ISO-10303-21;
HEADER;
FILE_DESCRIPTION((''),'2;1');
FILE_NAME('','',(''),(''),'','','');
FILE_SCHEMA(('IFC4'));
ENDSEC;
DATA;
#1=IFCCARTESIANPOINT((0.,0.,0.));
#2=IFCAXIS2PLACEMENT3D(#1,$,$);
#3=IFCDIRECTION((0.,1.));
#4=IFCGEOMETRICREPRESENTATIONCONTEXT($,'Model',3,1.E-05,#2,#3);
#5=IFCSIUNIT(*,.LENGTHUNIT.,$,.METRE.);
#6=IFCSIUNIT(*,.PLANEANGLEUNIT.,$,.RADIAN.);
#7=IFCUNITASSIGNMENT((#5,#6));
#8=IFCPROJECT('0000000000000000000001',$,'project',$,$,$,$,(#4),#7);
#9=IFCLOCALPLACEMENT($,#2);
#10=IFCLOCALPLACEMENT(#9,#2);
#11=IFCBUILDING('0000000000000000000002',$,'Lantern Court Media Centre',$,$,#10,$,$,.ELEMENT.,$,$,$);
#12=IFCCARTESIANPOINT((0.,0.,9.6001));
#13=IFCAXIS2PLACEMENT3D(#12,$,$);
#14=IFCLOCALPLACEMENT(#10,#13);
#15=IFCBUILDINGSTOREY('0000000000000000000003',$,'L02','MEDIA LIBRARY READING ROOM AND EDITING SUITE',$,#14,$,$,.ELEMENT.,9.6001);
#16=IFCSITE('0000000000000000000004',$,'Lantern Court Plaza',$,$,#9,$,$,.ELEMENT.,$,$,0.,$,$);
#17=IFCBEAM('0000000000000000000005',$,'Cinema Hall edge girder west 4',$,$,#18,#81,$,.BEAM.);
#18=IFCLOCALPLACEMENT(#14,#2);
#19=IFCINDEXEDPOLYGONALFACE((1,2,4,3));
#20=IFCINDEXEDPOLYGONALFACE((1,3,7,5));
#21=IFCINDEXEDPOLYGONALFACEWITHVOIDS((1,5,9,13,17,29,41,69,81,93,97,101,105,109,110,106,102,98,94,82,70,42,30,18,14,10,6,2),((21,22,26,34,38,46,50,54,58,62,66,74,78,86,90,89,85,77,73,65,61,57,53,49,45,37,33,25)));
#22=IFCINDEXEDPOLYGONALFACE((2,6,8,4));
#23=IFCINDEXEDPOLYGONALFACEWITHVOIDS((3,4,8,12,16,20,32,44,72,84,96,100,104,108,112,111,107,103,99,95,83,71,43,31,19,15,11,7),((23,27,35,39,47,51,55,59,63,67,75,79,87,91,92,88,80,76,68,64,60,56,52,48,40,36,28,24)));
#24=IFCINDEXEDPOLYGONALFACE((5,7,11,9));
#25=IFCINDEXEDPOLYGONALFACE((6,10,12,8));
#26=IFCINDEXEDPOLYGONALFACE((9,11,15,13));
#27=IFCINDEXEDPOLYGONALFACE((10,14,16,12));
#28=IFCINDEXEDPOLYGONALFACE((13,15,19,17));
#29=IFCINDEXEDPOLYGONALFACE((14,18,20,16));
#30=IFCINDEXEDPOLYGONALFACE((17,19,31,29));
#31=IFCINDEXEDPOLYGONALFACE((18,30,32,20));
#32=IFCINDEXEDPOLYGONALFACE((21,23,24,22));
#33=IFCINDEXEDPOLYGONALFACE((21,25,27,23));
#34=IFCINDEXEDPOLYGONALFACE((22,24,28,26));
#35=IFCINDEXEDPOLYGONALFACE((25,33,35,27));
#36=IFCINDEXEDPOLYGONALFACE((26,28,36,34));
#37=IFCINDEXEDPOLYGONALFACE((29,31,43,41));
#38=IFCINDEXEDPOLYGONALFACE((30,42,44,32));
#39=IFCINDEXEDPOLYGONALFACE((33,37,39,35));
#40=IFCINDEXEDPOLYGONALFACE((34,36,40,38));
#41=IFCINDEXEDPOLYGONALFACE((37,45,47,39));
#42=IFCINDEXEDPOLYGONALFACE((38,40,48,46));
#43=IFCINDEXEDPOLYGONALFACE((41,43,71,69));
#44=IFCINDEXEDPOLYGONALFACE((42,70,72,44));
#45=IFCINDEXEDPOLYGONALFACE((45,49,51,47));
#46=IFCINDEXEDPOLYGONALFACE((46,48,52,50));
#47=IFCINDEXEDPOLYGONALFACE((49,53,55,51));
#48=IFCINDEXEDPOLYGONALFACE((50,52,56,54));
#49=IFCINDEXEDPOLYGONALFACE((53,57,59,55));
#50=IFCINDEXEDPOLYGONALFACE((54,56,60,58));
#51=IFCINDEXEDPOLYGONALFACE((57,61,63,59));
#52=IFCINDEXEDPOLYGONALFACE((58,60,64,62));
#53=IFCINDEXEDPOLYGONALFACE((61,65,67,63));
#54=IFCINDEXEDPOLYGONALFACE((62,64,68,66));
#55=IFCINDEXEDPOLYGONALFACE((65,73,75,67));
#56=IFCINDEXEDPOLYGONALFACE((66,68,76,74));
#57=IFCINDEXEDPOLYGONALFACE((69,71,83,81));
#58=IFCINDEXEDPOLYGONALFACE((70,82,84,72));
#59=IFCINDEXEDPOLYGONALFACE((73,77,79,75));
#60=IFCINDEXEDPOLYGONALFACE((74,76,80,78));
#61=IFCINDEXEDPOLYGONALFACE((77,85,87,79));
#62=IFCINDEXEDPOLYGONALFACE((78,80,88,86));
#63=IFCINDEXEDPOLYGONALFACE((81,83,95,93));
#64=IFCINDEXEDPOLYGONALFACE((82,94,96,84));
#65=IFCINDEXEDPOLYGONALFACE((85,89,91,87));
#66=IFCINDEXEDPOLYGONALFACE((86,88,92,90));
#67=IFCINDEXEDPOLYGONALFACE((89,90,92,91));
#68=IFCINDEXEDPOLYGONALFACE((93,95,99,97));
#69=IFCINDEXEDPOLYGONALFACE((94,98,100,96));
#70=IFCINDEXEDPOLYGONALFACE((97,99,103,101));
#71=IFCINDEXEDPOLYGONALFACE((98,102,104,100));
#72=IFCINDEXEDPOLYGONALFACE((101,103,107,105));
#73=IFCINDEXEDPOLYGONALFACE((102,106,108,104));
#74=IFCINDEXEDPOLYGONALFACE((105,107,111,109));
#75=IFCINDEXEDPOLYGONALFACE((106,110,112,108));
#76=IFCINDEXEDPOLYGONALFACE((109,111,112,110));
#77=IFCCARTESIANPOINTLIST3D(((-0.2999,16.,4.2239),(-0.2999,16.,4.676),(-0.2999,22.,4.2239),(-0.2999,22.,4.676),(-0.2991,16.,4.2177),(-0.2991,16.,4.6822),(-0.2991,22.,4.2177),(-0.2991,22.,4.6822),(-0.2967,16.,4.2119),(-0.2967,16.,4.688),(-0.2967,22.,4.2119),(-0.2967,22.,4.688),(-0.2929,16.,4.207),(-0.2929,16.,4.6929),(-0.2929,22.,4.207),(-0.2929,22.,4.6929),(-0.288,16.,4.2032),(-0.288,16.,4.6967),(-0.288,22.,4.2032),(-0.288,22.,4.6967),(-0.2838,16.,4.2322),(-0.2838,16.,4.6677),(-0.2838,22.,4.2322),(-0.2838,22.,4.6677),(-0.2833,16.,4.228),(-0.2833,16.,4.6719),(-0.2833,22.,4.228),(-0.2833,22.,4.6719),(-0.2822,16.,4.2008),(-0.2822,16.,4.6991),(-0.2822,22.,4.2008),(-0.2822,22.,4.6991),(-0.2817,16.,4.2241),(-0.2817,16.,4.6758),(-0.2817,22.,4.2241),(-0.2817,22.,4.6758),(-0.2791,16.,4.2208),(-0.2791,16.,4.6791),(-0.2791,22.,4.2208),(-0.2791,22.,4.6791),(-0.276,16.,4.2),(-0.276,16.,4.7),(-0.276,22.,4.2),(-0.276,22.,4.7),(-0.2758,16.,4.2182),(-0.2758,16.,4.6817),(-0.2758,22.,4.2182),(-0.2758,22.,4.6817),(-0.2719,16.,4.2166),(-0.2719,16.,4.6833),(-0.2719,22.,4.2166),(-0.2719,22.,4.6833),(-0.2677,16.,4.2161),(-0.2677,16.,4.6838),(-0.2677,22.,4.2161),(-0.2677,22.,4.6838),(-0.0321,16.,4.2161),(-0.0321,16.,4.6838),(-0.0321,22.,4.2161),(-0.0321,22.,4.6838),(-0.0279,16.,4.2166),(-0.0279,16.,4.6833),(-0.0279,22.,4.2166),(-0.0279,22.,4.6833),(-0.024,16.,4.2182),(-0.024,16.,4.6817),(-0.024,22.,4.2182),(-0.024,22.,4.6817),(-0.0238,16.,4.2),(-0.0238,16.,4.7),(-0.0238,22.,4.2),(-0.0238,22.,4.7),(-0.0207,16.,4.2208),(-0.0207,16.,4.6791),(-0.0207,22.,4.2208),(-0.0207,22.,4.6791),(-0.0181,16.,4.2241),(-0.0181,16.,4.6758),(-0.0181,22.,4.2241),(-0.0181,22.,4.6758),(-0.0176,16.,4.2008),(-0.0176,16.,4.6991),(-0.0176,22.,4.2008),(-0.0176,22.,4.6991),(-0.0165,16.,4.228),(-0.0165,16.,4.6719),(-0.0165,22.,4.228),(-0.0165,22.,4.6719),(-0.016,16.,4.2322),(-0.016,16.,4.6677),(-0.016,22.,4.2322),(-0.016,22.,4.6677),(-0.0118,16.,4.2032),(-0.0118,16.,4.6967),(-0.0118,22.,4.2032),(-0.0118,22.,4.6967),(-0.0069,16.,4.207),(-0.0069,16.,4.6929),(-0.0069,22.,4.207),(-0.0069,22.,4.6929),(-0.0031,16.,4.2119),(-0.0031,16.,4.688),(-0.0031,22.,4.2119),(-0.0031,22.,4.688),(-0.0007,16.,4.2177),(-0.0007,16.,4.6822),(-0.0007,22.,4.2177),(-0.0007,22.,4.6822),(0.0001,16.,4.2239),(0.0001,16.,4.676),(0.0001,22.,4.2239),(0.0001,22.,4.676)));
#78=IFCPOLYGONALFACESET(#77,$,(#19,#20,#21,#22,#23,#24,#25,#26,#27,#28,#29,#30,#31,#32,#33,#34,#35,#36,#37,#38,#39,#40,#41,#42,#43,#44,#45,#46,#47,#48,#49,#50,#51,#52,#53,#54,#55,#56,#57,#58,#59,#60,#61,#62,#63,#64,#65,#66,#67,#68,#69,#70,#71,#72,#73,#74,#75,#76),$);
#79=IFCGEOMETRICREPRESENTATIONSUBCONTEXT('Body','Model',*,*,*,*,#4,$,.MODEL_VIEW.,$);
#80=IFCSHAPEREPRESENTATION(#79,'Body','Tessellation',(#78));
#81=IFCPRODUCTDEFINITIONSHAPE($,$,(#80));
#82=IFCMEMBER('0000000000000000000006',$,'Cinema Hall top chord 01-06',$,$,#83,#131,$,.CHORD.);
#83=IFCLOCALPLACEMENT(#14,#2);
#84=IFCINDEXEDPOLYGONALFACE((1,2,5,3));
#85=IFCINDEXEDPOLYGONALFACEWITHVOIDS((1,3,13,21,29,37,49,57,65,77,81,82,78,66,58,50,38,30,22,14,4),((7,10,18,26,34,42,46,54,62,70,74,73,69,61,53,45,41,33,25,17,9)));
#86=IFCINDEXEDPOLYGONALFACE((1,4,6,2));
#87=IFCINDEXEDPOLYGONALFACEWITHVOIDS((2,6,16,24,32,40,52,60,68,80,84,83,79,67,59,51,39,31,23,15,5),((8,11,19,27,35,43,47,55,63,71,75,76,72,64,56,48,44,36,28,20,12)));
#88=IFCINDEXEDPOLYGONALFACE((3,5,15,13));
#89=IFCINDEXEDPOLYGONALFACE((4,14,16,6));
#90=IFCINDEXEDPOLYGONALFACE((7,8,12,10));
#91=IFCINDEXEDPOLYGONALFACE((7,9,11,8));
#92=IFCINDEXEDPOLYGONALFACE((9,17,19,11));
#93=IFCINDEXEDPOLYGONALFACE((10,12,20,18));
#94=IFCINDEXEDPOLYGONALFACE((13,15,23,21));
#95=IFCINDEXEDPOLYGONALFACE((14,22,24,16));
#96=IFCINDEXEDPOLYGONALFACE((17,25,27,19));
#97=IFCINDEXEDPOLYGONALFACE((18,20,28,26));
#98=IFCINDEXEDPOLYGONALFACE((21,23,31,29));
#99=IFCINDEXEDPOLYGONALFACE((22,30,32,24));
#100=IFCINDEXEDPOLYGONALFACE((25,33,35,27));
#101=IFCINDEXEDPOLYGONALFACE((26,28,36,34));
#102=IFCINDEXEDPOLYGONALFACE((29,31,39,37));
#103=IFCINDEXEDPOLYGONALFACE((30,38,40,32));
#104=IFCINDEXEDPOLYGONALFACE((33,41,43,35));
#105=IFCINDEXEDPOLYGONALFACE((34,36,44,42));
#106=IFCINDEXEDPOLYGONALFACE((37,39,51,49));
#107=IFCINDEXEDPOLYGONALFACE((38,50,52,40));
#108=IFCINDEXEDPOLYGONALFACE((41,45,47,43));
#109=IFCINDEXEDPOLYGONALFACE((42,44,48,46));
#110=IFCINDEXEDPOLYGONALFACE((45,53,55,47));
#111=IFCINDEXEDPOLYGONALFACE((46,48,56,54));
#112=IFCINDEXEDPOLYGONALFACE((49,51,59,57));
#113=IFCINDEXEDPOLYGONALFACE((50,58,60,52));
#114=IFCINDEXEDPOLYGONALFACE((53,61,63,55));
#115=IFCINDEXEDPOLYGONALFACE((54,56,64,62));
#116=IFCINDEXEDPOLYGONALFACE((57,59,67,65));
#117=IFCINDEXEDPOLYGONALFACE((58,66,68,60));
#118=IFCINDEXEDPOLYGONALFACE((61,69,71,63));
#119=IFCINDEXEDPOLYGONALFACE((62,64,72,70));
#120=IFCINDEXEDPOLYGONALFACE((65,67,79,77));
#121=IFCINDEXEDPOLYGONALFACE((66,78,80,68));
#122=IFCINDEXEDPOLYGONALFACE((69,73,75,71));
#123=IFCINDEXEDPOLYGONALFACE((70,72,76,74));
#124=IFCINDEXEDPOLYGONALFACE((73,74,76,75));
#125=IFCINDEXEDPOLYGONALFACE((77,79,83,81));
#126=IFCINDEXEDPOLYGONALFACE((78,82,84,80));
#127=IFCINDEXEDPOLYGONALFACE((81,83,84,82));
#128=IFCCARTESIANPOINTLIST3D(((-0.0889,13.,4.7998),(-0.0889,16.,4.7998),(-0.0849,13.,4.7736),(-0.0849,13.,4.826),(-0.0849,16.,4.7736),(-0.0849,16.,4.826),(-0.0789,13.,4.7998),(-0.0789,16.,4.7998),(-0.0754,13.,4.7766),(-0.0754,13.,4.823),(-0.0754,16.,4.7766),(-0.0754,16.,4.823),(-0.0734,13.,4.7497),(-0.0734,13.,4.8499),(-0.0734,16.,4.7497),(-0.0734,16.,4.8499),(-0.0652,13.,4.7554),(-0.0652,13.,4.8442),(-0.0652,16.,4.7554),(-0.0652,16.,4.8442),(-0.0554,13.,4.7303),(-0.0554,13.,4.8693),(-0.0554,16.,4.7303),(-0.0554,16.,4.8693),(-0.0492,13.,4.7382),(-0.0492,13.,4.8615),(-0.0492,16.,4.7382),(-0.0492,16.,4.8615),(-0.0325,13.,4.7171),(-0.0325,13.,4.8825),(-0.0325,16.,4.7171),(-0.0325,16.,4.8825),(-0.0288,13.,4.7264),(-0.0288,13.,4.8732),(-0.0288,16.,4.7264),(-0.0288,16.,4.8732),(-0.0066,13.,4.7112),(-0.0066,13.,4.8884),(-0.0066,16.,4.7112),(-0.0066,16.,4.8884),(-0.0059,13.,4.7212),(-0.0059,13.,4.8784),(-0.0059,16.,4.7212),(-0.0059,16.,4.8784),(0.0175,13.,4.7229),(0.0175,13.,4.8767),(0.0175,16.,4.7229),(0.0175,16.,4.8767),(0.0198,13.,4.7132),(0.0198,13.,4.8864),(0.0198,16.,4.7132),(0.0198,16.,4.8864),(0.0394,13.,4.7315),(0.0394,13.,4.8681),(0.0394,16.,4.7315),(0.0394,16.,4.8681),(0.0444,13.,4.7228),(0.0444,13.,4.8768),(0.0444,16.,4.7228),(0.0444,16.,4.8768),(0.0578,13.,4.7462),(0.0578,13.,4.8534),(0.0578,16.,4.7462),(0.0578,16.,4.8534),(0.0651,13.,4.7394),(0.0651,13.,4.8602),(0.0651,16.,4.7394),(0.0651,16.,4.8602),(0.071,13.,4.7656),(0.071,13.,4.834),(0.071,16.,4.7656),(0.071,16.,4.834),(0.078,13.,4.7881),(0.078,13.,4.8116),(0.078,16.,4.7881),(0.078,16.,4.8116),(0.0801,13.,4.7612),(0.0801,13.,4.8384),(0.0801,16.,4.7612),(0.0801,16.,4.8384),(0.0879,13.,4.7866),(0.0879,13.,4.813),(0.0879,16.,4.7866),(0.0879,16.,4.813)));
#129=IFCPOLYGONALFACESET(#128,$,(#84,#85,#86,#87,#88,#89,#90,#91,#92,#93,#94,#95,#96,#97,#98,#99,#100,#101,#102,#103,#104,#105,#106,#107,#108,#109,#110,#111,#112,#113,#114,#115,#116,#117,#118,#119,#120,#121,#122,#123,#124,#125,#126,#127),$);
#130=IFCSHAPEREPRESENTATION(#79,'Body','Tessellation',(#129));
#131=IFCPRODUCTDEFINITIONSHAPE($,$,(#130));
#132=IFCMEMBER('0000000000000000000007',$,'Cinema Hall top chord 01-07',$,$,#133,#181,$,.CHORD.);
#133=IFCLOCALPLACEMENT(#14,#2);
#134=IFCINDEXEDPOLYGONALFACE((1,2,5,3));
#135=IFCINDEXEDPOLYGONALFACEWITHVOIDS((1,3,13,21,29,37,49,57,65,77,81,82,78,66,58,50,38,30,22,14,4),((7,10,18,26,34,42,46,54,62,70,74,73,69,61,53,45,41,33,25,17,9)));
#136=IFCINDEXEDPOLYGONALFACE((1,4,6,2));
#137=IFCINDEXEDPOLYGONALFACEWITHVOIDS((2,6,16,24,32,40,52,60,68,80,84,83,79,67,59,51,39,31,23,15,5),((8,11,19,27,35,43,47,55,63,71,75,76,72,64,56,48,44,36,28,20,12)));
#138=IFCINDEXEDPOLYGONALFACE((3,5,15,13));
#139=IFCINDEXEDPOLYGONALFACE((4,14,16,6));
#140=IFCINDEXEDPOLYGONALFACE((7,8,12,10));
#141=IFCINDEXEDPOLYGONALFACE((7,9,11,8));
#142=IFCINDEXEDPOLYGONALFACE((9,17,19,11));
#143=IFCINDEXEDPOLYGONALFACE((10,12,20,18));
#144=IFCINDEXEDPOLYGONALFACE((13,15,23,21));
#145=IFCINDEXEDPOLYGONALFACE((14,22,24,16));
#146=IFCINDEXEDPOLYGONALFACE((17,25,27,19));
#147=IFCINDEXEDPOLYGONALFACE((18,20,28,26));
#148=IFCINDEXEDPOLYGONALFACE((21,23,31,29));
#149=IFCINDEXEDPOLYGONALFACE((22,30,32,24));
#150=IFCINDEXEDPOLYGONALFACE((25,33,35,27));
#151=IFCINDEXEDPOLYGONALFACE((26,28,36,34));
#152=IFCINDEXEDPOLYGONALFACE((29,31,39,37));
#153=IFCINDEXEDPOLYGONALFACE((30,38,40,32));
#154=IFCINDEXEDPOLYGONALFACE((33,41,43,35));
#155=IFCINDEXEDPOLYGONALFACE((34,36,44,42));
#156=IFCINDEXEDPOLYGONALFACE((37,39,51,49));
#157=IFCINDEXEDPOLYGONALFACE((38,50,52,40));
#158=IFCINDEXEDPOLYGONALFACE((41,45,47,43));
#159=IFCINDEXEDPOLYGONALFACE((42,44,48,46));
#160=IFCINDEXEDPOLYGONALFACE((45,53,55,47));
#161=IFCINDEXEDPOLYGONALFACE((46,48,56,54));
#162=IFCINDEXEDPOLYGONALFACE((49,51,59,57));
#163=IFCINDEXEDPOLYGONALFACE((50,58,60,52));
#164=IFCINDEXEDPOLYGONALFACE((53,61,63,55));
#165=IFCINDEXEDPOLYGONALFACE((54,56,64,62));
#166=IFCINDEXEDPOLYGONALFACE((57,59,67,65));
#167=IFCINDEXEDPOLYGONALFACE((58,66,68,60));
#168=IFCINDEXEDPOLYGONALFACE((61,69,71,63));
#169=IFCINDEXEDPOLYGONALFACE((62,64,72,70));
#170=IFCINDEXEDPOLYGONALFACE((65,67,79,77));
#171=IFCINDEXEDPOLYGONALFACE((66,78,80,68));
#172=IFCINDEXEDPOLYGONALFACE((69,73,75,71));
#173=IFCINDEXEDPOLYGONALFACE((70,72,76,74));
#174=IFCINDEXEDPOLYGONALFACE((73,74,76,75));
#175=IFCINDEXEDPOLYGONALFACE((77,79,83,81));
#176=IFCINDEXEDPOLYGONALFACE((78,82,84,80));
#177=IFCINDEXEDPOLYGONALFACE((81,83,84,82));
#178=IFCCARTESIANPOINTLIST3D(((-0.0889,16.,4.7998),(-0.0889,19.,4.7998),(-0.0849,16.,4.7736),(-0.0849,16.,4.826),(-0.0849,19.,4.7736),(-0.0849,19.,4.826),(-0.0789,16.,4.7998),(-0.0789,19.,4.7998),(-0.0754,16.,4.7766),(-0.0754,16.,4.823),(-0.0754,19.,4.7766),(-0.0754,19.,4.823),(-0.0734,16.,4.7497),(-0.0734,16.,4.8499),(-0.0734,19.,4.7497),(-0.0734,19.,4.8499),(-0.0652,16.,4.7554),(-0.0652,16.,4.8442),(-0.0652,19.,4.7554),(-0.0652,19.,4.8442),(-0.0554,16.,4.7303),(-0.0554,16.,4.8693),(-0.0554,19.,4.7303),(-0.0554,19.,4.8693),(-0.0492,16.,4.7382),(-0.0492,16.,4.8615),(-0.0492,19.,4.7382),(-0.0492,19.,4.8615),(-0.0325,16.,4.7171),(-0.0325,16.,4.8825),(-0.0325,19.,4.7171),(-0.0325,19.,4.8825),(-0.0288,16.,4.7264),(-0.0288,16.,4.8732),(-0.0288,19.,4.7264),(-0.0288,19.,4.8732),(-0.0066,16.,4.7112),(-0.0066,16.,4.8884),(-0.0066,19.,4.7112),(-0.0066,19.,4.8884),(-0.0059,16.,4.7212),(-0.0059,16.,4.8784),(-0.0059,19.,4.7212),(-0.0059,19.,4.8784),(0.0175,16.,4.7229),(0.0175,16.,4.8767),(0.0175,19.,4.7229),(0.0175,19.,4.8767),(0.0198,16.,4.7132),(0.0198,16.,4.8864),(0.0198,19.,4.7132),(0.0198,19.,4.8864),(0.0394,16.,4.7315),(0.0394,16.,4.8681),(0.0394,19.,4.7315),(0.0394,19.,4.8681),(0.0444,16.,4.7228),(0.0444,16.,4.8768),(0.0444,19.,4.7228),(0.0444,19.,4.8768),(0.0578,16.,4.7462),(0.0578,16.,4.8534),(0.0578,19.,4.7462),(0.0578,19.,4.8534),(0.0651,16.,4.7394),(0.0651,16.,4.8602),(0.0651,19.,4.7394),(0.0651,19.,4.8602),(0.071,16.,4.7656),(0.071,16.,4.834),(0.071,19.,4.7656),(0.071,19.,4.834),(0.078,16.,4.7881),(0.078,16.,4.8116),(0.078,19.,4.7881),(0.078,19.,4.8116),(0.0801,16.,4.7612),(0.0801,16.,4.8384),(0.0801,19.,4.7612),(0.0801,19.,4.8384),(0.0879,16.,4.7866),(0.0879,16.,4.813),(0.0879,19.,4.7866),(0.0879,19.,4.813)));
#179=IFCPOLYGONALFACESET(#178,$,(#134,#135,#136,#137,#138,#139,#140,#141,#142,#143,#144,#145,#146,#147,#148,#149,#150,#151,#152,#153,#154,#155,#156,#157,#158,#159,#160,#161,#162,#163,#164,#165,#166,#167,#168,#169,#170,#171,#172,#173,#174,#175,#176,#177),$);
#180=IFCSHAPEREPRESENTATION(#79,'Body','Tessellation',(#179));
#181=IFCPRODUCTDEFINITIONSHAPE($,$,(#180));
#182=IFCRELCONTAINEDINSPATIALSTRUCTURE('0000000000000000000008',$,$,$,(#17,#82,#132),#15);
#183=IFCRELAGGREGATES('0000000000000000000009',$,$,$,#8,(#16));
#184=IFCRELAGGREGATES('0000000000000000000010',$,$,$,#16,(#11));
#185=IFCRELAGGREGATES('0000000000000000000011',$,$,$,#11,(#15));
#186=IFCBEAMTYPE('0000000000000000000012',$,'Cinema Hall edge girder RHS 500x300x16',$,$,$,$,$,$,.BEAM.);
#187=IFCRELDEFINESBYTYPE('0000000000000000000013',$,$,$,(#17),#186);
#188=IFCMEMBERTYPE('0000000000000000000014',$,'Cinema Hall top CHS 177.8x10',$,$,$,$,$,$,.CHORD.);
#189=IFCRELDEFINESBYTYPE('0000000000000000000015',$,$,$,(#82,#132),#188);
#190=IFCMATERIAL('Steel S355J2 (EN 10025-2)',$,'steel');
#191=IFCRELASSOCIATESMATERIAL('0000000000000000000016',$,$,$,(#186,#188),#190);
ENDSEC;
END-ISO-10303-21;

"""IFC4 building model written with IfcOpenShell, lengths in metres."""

from ifc_helpers import new_model, si_unit, direction, frame, origin, origin_2d, place, context, subcontext, project, spatial, hollow_rectangle, hollow_circle, extrude, material, material_profile, profile_set, type_object, element, save


model = new_model("IFC4")

# Units and contexts
model_context = context("Model", 3, precision=1e-05, world=origin(), true_north=direction((0.0, 1.0)))
body_context = subcontext(model_context, "Body", "Model", "MODEL_VIEW")
ifc_project = project(units=[si_unit("LENGTHUNIT", "METRE"), si_unit("PLANEANGLEUNIT", "RADIAN")], contexts=[model_context])

# Site, building, storey
site_placement = place(None, origin())
site = spatial("IfcSite", under=ifc_project, at=site_placement, Name="Lantern Court Plaza", CompositionType="ELEMENT", RefElevation=0.0)
building_placement = place(site_placement, origin())
building = spatial("IfcBuilding", under=site, at=building_placement, Name="Lantern Court Media Centre", CompositionType="ELEMENT")
storey_placement = place(building_placement, frame((0.0, 0.0, 9.6001)))
storey = spatial("IfcBuildingStorey", under=building, at=storey_placement, Name="L02", Description="MEDIA LIBRARY READING ROOM AND EDITING SUITE", CompositionType="ELEMENT", Elevation=9.6001)

# Shared definitions
ifc_material = material(Name="Steel S355J2 (EN 10025-2)", Category="steel")

# Beam
ifc_material_profile_1 = material_profile(ifc_material, hollow_rectangle(XDim=0.3, YDim=0.5, WallThickness=0.0161, InnerFilletRadius=0.0161, OuterFilletRadius=0.0239, at=origin_2d()), Name="Cinema Hall edge girder RHS 500x300x16")
ifc_profile_set_1 = profile_set([ifc_material_profile_1], Name="Steel S355J2 (EN 10025-2)")
beam_type = type_object("IfcBeamType", Name="Cinema Hall edge girder RHS 500x300x16", PredefinedType="BEAM", material=ifc_profile_set_1)
beam_placement = place(storey_placement, frame((-0.1499, 16.0, 4.45), z_axis=(0.0, 1.0, 0.0), x_axis=(-1.0, 0.0, 0.0)))
element("IfcBeam", 1, at=beam_placement, inside=storey, type_object=beam_type, Name="Cinema Hall edge girder west 4", PredefinedType="BEAM", context=body_context, shape_type="SweptSolid", body=[
    extrude(hollow_rectangle(XDim=0.3, YDim=0.5, WallThickness=0.0161, InnerFilletRadius=0.0161, OuterFilletRadius=0.0239, at=origin_2d()), origin(), (0.0, 0.0, 1.0), 6.0),
])

# Members
ifc_material_profile_2 = material_profile(ifc_material, hollow_circle(Radius=0.0889, WallThickness=0.01, at=origin_2d()), Name="Cinema Hall top CHS 177.8x10")
ifc_profile_set_2 = profile_set([ifc_material_profile_2], Name="Steel S355J2 (EN 10025-2)")
member_type_1 = type_object("IfcMemberType", Name="Cinema Hall top CHS 177.8x10", PredefinedType="CHORD", material=ifc_profile_set_2)
for number, where, z_axis, x_axis, name in (
    (2, (0.0, 13.0, 4.7998), (0.0, 1.0, 0.0), (-1.0, 0.0, 0.0), "Cinema Hall top chord 01-06"),
    (3, (0.0, 16.0, 4.7998), (0.0, 1.0, 0.0), (-1.0, 0.0, 0.0), "Cinema Hall top chord 01-07"),
):
    element("IfcMember", number, at=place(storey_placement, frame(where, z_axis=z_axis, x_axis=x_axis)), inside=storey, type_object=member_type_1, Name=name, PredefinedType="CHORD", context=body_context, shape_type="SweptSolid", body=[
        extrude(hollow_circle(Radius=0.0889, WallThickness=0.01, at=origin_2d()), origin(), (0.0, 0.0, 1.0), 3.0),
    ])

save(model, "model.ifc")
